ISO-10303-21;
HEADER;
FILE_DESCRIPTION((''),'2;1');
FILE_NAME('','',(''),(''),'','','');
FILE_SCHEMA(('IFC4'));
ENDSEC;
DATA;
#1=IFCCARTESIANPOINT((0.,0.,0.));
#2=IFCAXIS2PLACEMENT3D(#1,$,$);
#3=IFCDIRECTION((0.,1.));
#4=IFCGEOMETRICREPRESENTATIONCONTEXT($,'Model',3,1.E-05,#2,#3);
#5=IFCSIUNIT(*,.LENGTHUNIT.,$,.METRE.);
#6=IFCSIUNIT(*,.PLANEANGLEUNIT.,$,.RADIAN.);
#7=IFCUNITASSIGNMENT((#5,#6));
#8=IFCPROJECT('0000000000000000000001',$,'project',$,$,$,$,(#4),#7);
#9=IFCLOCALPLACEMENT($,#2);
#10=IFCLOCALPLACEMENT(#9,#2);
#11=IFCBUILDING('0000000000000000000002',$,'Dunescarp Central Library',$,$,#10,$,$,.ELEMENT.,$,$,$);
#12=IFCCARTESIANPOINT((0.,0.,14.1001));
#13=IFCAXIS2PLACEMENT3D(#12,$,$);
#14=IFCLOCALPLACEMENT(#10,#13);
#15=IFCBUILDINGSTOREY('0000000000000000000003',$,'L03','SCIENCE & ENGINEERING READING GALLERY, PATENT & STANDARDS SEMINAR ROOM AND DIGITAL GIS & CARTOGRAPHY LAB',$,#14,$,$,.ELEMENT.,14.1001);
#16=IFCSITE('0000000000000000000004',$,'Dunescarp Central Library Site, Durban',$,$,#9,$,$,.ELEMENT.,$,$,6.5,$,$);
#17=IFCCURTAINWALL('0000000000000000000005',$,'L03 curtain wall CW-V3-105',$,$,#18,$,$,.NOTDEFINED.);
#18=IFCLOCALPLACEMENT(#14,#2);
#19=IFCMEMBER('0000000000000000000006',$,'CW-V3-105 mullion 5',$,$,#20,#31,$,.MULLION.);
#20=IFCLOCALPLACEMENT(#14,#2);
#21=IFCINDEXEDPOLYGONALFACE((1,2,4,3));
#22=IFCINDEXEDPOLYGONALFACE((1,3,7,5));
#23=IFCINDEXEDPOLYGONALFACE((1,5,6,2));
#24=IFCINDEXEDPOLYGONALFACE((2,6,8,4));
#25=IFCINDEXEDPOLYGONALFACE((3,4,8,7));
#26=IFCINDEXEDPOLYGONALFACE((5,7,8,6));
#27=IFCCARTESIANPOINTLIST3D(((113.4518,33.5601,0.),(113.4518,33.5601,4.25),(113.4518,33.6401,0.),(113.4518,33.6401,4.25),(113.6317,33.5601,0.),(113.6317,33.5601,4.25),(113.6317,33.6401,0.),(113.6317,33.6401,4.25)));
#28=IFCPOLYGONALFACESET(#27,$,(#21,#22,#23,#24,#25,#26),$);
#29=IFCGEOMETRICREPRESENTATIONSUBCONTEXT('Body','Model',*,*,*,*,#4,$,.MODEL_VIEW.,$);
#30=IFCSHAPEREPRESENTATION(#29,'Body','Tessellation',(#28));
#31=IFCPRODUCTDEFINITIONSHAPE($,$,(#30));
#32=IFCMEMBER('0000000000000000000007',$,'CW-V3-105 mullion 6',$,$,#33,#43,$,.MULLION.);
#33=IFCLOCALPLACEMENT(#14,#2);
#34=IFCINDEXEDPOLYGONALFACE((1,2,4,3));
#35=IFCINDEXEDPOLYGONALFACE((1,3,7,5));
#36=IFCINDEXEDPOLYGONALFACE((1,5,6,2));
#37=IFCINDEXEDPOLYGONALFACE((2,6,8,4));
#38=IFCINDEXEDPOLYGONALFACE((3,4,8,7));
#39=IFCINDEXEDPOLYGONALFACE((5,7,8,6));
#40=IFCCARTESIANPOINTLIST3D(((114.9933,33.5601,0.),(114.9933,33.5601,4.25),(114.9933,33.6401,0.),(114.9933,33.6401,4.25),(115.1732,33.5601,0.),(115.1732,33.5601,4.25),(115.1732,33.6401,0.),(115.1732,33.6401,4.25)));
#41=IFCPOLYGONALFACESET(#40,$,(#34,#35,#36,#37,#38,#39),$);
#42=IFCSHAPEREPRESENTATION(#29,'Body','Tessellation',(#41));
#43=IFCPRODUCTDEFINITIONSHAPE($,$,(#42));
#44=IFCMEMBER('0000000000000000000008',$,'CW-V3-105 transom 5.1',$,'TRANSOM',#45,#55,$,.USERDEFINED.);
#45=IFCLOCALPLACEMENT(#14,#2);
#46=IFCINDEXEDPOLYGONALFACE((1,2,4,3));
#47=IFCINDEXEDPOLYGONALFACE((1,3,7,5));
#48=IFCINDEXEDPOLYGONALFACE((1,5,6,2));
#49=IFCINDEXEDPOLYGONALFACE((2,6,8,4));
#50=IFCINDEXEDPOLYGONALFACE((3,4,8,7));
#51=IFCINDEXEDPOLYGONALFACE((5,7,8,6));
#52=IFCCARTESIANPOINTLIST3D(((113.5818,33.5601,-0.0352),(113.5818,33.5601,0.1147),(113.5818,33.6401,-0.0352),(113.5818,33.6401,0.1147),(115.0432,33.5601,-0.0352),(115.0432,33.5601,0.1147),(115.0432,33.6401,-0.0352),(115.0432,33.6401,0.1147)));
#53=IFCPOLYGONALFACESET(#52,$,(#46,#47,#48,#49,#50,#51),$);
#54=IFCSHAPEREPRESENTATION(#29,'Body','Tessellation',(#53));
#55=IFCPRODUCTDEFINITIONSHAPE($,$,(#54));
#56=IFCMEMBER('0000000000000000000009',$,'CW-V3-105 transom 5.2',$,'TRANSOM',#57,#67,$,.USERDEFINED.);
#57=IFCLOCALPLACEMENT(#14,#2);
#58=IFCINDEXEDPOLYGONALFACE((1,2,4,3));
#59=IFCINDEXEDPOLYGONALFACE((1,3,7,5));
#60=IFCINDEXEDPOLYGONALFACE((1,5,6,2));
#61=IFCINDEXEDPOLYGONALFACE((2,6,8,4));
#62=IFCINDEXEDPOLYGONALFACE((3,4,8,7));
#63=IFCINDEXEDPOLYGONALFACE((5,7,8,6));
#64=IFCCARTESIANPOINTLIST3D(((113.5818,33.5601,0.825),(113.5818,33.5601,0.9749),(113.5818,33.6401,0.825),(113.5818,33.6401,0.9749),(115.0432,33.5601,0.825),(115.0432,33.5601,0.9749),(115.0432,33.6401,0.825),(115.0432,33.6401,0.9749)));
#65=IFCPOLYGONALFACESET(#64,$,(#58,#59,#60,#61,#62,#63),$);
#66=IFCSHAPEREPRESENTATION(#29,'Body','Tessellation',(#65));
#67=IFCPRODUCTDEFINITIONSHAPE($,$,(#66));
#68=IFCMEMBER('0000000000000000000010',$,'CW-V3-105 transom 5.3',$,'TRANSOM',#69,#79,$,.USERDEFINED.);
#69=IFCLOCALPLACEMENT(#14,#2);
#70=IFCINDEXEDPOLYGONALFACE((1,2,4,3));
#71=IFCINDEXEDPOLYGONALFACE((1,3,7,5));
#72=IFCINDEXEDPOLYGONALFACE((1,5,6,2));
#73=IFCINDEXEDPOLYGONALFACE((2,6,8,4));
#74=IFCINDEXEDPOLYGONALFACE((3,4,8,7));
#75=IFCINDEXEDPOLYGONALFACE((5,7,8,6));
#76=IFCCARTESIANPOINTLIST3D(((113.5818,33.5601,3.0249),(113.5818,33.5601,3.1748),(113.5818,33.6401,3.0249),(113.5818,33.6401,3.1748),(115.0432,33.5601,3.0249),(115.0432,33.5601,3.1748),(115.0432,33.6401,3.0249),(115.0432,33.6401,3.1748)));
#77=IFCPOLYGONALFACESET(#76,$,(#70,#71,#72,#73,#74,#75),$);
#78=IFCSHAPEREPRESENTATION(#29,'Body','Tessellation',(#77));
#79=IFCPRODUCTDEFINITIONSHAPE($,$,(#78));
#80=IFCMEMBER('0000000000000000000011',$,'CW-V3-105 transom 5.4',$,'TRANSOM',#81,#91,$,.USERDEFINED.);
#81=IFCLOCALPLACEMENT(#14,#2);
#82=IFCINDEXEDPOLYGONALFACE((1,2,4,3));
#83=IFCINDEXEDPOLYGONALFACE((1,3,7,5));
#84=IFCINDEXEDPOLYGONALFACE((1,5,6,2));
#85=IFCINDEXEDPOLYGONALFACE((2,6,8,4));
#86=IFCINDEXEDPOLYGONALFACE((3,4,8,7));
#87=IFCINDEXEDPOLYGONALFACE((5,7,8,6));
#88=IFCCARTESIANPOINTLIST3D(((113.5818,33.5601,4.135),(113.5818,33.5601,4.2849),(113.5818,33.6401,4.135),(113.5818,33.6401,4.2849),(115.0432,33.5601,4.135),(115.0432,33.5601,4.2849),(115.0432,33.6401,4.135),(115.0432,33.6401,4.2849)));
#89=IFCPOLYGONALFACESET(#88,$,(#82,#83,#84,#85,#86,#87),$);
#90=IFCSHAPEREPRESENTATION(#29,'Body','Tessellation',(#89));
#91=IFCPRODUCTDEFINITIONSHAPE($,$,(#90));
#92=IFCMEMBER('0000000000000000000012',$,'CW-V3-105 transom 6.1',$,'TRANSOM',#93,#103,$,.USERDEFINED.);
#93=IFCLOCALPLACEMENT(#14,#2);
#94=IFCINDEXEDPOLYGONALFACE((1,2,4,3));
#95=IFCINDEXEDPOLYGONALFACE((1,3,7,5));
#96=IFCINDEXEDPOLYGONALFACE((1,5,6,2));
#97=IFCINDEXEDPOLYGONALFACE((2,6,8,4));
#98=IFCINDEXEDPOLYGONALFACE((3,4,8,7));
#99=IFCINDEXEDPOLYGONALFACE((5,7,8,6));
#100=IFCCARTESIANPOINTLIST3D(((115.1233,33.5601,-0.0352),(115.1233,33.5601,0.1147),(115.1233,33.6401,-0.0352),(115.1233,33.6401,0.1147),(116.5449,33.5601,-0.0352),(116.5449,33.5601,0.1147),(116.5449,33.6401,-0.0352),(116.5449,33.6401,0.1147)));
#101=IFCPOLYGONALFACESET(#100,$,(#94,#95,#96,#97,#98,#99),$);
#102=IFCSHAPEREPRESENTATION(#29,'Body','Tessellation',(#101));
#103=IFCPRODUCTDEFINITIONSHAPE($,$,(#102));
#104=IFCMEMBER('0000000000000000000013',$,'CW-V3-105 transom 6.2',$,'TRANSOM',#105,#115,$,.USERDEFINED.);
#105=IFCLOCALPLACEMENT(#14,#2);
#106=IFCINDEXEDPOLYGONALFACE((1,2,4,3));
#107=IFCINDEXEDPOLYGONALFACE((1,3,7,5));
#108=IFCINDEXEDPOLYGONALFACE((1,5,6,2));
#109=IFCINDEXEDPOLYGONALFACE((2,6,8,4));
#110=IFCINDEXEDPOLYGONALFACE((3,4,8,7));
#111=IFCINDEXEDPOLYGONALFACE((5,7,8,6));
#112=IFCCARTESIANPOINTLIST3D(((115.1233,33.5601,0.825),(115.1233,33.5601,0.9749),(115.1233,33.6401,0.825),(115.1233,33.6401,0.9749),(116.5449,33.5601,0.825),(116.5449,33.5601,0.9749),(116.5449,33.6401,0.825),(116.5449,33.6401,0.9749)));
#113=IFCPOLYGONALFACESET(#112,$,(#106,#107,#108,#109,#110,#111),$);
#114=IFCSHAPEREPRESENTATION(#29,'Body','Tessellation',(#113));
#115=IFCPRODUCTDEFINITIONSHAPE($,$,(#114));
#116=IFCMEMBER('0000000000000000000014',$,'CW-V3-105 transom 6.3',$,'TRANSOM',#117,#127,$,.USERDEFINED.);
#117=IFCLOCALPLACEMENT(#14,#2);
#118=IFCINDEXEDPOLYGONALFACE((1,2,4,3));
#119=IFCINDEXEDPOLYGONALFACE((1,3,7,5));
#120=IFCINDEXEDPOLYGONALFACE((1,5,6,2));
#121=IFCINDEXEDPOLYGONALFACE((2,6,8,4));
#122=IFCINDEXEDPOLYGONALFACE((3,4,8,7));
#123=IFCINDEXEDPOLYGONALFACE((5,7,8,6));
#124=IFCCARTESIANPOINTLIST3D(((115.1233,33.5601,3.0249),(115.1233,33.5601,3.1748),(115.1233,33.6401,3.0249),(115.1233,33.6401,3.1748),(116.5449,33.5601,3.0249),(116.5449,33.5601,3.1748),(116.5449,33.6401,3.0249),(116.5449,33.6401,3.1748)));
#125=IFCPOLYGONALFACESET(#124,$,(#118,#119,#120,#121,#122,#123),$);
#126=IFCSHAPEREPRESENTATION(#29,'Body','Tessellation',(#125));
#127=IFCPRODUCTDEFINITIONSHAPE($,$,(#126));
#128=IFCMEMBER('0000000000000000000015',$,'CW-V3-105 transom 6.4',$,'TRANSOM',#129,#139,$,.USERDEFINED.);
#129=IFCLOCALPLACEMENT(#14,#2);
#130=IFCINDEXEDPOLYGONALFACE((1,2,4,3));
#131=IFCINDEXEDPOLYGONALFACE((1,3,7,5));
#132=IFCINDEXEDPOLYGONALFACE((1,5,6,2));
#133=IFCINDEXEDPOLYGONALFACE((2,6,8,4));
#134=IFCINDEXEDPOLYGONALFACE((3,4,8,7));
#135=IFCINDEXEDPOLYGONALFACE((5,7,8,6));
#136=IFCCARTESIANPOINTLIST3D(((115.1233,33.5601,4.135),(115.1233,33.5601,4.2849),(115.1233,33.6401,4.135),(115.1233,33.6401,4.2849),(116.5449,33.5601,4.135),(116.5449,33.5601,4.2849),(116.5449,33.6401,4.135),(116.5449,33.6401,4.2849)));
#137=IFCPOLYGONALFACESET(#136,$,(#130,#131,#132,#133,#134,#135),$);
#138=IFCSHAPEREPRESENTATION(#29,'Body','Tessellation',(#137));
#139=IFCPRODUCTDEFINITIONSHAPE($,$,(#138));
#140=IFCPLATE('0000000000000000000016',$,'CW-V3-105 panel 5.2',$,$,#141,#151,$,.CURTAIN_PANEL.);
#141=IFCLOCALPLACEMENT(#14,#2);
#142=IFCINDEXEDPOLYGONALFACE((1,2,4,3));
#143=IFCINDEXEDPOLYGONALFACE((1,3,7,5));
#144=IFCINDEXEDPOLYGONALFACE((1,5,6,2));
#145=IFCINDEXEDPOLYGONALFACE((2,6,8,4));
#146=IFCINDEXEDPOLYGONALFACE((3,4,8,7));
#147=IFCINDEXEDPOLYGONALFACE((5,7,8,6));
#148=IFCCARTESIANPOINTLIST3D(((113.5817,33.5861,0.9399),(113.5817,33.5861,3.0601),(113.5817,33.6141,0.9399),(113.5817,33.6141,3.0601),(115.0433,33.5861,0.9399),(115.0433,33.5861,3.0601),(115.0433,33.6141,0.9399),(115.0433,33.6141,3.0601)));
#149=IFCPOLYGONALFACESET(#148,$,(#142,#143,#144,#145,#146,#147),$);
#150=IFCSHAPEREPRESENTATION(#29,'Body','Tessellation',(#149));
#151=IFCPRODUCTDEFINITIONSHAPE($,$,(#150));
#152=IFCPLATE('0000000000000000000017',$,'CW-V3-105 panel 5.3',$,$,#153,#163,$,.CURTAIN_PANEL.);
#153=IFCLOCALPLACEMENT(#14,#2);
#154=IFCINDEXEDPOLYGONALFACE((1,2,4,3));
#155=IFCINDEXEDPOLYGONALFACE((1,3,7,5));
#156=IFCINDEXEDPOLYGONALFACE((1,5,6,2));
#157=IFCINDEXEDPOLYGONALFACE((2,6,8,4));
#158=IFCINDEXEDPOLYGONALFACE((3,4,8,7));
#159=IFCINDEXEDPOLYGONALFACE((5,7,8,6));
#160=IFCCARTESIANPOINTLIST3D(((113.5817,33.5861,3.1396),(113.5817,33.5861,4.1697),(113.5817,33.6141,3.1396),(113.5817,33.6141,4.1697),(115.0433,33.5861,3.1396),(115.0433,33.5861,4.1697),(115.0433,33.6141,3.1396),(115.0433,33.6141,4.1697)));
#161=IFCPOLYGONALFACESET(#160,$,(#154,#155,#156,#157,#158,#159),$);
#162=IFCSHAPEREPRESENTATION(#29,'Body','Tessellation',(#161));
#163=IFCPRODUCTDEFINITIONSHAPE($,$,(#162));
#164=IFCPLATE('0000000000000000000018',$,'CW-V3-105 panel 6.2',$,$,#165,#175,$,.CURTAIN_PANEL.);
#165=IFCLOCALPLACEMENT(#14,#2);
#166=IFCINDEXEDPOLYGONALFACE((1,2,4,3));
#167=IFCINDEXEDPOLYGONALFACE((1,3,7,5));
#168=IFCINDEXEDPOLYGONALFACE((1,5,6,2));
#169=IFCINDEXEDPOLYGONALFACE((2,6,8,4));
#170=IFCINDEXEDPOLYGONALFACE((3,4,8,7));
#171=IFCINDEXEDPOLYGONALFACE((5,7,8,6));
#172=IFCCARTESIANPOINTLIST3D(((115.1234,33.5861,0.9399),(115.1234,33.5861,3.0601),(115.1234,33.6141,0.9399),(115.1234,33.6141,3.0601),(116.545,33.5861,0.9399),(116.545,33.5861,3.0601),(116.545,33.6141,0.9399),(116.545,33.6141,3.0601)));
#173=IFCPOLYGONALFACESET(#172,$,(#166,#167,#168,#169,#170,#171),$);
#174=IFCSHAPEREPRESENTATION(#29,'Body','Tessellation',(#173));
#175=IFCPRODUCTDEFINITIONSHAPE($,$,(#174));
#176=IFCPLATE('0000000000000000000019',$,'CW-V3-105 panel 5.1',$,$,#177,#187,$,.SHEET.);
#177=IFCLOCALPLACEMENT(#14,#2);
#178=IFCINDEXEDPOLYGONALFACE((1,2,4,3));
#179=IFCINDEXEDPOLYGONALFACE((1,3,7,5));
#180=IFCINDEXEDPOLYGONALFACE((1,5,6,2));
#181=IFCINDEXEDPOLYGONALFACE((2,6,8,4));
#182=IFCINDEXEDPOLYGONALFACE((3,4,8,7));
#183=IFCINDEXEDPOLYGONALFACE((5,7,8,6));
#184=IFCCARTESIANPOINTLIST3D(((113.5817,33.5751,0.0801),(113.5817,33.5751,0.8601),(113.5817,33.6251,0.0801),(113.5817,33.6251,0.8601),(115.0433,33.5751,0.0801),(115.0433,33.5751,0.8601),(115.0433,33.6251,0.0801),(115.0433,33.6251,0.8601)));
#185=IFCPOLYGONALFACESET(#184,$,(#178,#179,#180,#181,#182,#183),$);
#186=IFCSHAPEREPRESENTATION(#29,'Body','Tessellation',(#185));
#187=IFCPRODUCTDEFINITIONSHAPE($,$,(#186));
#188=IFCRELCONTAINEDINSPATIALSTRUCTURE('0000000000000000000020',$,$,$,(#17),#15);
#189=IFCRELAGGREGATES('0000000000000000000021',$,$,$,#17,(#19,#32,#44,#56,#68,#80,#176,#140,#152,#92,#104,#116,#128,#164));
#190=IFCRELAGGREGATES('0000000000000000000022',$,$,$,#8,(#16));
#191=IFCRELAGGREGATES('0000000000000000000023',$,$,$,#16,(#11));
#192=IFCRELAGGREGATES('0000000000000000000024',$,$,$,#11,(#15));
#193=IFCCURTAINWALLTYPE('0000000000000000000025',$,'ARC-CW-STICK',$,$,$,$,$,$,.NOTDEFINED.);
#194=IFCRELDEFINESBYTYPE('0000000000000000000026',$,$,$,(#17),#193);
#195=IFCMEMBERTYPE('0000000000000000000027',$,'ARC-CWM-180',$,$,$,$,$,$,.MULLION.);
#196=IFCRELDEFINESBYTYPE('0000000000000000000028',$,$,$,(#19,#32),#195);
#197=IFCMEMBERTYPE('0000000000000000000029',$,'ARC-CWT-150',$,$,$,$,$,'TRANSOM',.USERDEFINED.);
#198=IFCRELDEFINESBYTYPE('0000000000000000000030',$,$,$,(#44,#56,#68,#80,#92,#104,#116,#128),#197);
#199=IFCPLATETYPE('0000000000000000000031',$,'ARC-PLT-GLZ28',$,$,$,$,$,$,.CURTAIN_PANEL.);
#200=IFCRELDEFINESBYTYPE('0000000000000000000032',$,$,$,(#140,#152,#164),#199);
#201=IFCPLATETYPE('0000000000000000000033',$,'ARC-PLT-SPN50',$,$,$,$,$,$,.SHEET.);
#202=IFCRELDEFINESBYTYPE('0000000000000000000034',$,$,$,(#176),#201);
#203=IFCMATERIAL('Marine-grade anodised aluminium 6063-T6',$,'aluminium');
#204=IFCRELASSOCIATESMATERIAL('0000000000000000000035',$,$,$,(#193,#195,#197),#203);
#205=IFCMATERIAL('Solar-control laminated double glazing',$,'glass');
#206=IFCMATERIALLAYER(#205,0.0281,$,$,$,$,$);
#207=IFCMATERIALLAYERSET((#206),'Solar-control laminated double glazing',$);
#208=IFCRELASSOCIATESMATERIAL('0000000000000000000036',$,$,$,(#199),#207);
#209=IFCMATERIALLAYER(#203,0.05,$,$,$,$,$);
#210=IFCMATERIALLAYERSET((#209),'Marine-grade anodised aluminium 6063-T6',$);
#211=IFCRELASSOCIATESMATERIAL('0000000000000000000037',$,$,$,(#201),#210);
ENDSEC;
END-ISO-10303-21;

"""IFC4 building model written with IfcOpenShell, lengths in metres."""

from ifc_helpers import new_model, si_unit, direction, frame, origin, origin_2d, place, context, subcontext, project, spatial, rectangle, extrude, material, layer, layer_set, material_profile, profile_set, type_object, element, aggregate, save


model = new_model("IFC4")

# Units and contexts
model_context = context("Model", 3, precision=1e-05, world=origin(), true_north=direction((0.0, 1.0)))
body_context = subcontext(model_context, "Body", "Model", "MODEL_VIEW")
ifc_project = project(units=[si_unit("LENGTHUNIT", "METRE"), si_unit("PLANEANGLEUNIT", "RADIAN")], contexts=[model_context])

# Site, building, storey
site_placement = place(None, origin())
site = spatial("IfcSite", under=ifc_project, at=site_placement, Name="Dunescarp Central Library Site, Durban", CompositionType="ELEMENT", RefElevation=6.5)
building_placement = place(site_placement, origin())
building = spatial("IfcBuilding", under=site, at=building_placement, Name="Dunescarp Central Library", CompositionType="ELEMENT")
storey_placement = place(building_placement, frame((0.0, 0.0, 14.1001)))
storey = spatial("IfcBuildingStorey", under=building, at=storey_placement, Name="L03", Description="SCIENCE & ENGINEERING READING GALLERY, PATENT & STANDARDS SEMINAR ROOM AND DIGITAL GIS & CARTOGRAPHY LAB", CompositionType="ELEMENT", Elevation=14.1001)

# Curtain wall, members, plates
ifc_material_1 = material(Name="Marine-grade anodised aluminium 6063-T6", Category="aluminium")
curtain_wall_type = type_object("IfcCurtainWallType", Name="ARC-CW-STICK", PredefinedType="NOTDEFINED", material=ifc_material_1)
curtain_wall_placement = place(storey_placement, origin())
curtain_wall = element("IfcCurtainWall", 1, at=curtain_wall_placement, inside=storey, type_object=curtain_wall_type, Name="L03 curtain wall CW-V3-105", PredefinedType="NOTDEFINED")
ifc_material_profile_1 = material_profile(ifc_material_1, rectangle(XDim=0.0801, YDim=0.1799, at=origin_2d()), Name="AL 80x180")
ifc_profile_set_1 = profile_set([ifc_material_profile_1], Name="Marine-grade anodised aluminium 6063-T6")
member_type_1 = type_object("IfcMemberType", Name="ARC-CWM-180", PredefinedType="MULLION", material=ifc_profile_set_1)
member_1_placement = place(storey_placement, frame((113.5417, 33.6001, 0.0), z_axis=(0.0, 0.0, 1.0), x_axis=(0.0, 1.0, 0.0)))
member_1 = element("IfcMember", 2, at=member_1_placement, type_object=member_type_1, Name="CW-V3-105 mullion 5", PredefinedType="MULLION", context=body_context, shape_type="SweptSolid", body=[
    extrude(rectangle(XDim=0.0801, YDim=0.1799, at=origin_2d()), origin(), (0.0, 0.0, 1.0), 4.25),
])
member_2_placement = place(storey_placement, frame((115.0833, 33.6001, 0.0), z_axis=(0.0, 0.0, 1.0), x_axis=(0.0, 1.0, 0.0)))
member_2 = element("IfcMember", 3, at=member_2_placement, type_object=member_type_1, Name="CW-V3-105 mullion 6", PredefinedType="MULLION", context=body_context, shape_type="SweptSolid", body=[
    extrude(rectangle(XDim=0.0801, YDim=0.1799, at=origin_2d()), origin(), (0.0, 0.0, 1.0), 4.25),
])
ifc_material_profile_2 = material_profile(ifc_material_1, rectangle(XDim=0.0801, YDim=0.1499, at=origin_2d()), Name="AL 80x150")
ifc_profile_set_2 = profile_set([ifc_material_profile_2], Name="Marine-grade anodised aluminium 6063-T6")
member_type_2 = type_object("IfcMemberType", Name="ARC-CWT-150", ElementType="TRANSOM", PredefinedType="USERDEFINED", material=ifc_profile_set_2)
member_3_placement = place(storey_placement, frame((113.5818, 33.6001, 0.0398), z_axis=(1.0, 0.0, 0.0), x_axis=(0.0, 1.0, 0.0)))
member_3 = element("IfcMember", 4, at=member_3_placement, type_object=member_type_2, Name="CW-V3-105 transom 5.1", ObjectType="TRANSOM", PredefinedType="USERDEFINED", context=body_context, shape_type="SweptSolid", body=[
    extrude(rectangle(XDim=0.0801, YDim=0.1499, at=origin_2d()), origin(), (0.0, 0.0, 1.0), 1.4614),
])
member_4_placement = place(storey_placement, frame((113.5818, 33.6001, 0.8999), z_axis=(1.0, 0.0, 0.0), x_axis=(0.0, 1.0, 0.0)))
member_4 = element("IfcMember", 5, at=member_4_placement, type_object=member_type_2, Name="CW-V3-105 transom 5.2", ObjectType="TRANSOM", PredefinedType="USERDEFINED", context=body_context, shape_type="SweptSolid", body=[
    extrude(rectangle(XDim=0.0801, YDim=0.1499, at=origin_2d()), origin(), (0.0, 0.0, 1.0), 1.4614),
])
member_5_placement = place(storey_placement, frame((113.5818, 33.6001, 3.0999), z_axis=(1.0, 0.0, 0.0), x_axis=(0.0, 1.0, 0.0)))
member_5 = element("IfcMember", 6, at=member_5_placement, type_object=member_type_2, Name="CW-V3-105 transom 5.3", ObjectType="TRANSOM", PredefinedType="USERDEFINED", context=body_context, shape_type="SweptSolid", body=[
    extrude(rectangle(XDim=0.0801, YDim=0.1499, at=origin_2d()), origin(), (0.0, 0.0, 1.0), 1.4614),
])
member_6_placement = place(storey_placement, frame((113.5818, 33.6001, 4.21), z_axis=(1.0, 0.0, 0.0), x_axis=(0.0, 1.0, 0.0)))
member_6 = element("IfcMember", 7, at=member_6_placement, type_object=member_type_2, Name="CW-V3-105 transom 5.4", ObjectType="TRANSOM", PredefinedType="USERDEFINED", context=body_context, shape_type="SweptSolid", body=[
    extrude(rectangle(XDim=0.0801, YDim=0.1499, at=origin_2d()), origin(), (0.0, 0.0, 1.0), 1.4614),
])
member_7_placement = place(storey_placement, frame((115.1233, 33.6001, 0.0398), z_axis=(1.0, 0.0, 0.0), x_axis=(0.0, 1.0, 0.0)))
member_7 = element("IfcMember", 8, at=member_7_placement, type_object=member_type_2, Name="CW-V3-105 transom 6.1", ObjectType="TRANSOM", PredefinedType="USERDEFINED", context=body_context, shape_type="SweptSolid", body=[
    extrude(rectangle(XDim=0.0801, YDim=0.1499, at=origin_2d()), origin(), (0.0, 0.0, 1.0), 1.4216),
])
member_8_placement = place(storey_placement, frame((115.1233, 33.6001, 0.8999), z_axis=(1.0, 0.0, 0.0), x_axis=(0.0, 1.0, 0.0)))
member_8 = element("IfcMember", 9, at=member_8_placement, type_object=member_type_2, Name="CW-V3-105 transom 6.2", ObjectType="TRANSOM", PredefinedType="USERDEFINED", context=body_context, shape_type="SweptSolid", body=[
    extrude(rectangle(XDim=0.0801, YDim=0.1499, at=origin_2d()), origin(), (0.0, 0.0, 1.0), 1.4216),
])
member_9_placement = place(storey_placement, frame((115.1233, 33.6001, 3.0999), z_axis=(1.0, 0.0, 0.0), x_axis=(0.0, 1.0, 0.0)))
member_9 = element("IfcMember", 10, at=member_9_placement, type_object=member_type_2, Name="CW-V3-105 transom 6.3", ObjectType="TRANSOM", PredefinedType="USERDEFINED", context=body_context, shape_type="SweptSolid", body=[
    extrude(rectangle(XDim=0.0801, YDim=0.1499, at=origin_2d()), origin(), (0.0, 0.0, 1.0), 1.4216),
])
member_10_placement = place(storey_placement, frame((115.1233, 33.6001, 4.21), z_axis=(1.0, 0.0, 0.0), x_axis=(0.0, 1.0, 0.0)))
member_10 = element("IfcMember", 11, at=member_10_placement, type_object=member_type_2, Name="CW-V3-105 transom 6.4", ObjectType="TRANSOM", PredefinedType="USERDEFINED", context=body_context, shape_type="SweptSolid", body=[
    extrude(rectangle(XDim=0.0801, YDim=0.1499, at=origin_2d()), origin(), (0.0, 0.0, 1.0), 1.4216),
])
ifc_material_2 = material(Name="Solar-control laminated double glazing", Category="glass")
ifc_layer_1 = layer(ifc_material_2, 0.0281)
ifc_layer_set_1 = layer_set([ifc_layer_1], Name="Solar-control laminated double glazing")
plate_type_1 = type_object("IfcPlateType", Name="ARC-PLT-GLZ28", PredefinedType="CURTAIN_PANEL", material=ifc_layer_set_1)
plate_1_placement = place(storey_placement, frame((114.3125, 33.6001, 0.9399), z_axis=(0.0, 0.0, 1.0), x_axis=(1.0, 0.0, 0.0)))
plate_1 = element("IfcPlate", 12, at=plate_1_placement, type_object=plate_type_1, Name="CW-V3-105 panel 5.2", PredefinedType="CURTAIN_PANEL", context=body_context, shape_type="SweptSolid", body=[
    extrude(rectangle(XDim=1.4617, YDim=0.0281, at=origin_2d()), origin(), (0.0, 0.0, 1.0), 2.1201),
])
plate_2_placement = place(storey_placement, frame((114.3125, 33.6001, 3.1396), z_axis=(0.0, 0.0, 1.0), x_axis=(1.0, 0.0, 0.0)))
plate_2 = element("IfcPlate", 13, at=plate_2_placement, type_object=plate_type_1, Name="CW-V3-105 panel 5.3", PredefinedType="CURTAIN_PANEL", context=body_context, shape_type="SweptSolid", body=[
    extrude(rectangle(XDim=1.4617, YDim=0.0281, at=origin_2d()), origin(), (0.0, 0.0, 1.0), 1.03),
])
plate_3_placement = place(storey_placement, frame((115.8342, 33.6001, 0.9399), z_axis=(0.0, 0.0, 1.0), x_axis=(1.0, 0.0, 0.0)))
plate_3 = element("IfcPlate", 14, at=plate_3_placement, type_object=plate_type_1, Name="CW-V3-105 panel 6.2", PredefinedType="CURTAIN_PANEL", context=body_context, shape_type="SweptSolid", body=[
    extrude(rectangle(XDim=1.4216, YDim=0.0281, at=origin_2d()), origin(), (0.0, 0.0, 1.0), 2.1201),
])
ifc_layer_2 = layer(ifc_material_1, 0.05)
ifc_layer_set_2 = layer_set([ifc_layer_2], Name="Marine-grade anodised aluminium 6063-T6")
plate_type_2 = type_object("IfcPlateType", Name="ARC-PLT-SPN50", PredefinedType="SHEET", material=ifc_layer_set_2)
plate_4_placement = place(storey_placement, frame((114.3125, 33.6001, 0.0801), z_axis=(0.0, 0.0, 1.0), x_axis=(1.0, 0.0, 0.0)))
plate_4 = element("IfcPlate", 15, at=plate_4_placement, type_object=plate_type_2, Name="CW-V3-105 panel 5.1", PredefinedType="SHEET", context=body_context, shape_type="SweptSolid", body=[
    extrude(rectangle(XDim=1.4617, YDim=0.05, at=origin_2d()), origin(), (0.0, 0.0, 1.0), 0.78),
])
aggregate(curtain_wall, [member_1, member_2, member_3, member_4, member_5, member_6, plate_4, plate_1, plate_2, member_7, member_8, member_9, member_10, plate_3])

save(model, "model.ifc")
